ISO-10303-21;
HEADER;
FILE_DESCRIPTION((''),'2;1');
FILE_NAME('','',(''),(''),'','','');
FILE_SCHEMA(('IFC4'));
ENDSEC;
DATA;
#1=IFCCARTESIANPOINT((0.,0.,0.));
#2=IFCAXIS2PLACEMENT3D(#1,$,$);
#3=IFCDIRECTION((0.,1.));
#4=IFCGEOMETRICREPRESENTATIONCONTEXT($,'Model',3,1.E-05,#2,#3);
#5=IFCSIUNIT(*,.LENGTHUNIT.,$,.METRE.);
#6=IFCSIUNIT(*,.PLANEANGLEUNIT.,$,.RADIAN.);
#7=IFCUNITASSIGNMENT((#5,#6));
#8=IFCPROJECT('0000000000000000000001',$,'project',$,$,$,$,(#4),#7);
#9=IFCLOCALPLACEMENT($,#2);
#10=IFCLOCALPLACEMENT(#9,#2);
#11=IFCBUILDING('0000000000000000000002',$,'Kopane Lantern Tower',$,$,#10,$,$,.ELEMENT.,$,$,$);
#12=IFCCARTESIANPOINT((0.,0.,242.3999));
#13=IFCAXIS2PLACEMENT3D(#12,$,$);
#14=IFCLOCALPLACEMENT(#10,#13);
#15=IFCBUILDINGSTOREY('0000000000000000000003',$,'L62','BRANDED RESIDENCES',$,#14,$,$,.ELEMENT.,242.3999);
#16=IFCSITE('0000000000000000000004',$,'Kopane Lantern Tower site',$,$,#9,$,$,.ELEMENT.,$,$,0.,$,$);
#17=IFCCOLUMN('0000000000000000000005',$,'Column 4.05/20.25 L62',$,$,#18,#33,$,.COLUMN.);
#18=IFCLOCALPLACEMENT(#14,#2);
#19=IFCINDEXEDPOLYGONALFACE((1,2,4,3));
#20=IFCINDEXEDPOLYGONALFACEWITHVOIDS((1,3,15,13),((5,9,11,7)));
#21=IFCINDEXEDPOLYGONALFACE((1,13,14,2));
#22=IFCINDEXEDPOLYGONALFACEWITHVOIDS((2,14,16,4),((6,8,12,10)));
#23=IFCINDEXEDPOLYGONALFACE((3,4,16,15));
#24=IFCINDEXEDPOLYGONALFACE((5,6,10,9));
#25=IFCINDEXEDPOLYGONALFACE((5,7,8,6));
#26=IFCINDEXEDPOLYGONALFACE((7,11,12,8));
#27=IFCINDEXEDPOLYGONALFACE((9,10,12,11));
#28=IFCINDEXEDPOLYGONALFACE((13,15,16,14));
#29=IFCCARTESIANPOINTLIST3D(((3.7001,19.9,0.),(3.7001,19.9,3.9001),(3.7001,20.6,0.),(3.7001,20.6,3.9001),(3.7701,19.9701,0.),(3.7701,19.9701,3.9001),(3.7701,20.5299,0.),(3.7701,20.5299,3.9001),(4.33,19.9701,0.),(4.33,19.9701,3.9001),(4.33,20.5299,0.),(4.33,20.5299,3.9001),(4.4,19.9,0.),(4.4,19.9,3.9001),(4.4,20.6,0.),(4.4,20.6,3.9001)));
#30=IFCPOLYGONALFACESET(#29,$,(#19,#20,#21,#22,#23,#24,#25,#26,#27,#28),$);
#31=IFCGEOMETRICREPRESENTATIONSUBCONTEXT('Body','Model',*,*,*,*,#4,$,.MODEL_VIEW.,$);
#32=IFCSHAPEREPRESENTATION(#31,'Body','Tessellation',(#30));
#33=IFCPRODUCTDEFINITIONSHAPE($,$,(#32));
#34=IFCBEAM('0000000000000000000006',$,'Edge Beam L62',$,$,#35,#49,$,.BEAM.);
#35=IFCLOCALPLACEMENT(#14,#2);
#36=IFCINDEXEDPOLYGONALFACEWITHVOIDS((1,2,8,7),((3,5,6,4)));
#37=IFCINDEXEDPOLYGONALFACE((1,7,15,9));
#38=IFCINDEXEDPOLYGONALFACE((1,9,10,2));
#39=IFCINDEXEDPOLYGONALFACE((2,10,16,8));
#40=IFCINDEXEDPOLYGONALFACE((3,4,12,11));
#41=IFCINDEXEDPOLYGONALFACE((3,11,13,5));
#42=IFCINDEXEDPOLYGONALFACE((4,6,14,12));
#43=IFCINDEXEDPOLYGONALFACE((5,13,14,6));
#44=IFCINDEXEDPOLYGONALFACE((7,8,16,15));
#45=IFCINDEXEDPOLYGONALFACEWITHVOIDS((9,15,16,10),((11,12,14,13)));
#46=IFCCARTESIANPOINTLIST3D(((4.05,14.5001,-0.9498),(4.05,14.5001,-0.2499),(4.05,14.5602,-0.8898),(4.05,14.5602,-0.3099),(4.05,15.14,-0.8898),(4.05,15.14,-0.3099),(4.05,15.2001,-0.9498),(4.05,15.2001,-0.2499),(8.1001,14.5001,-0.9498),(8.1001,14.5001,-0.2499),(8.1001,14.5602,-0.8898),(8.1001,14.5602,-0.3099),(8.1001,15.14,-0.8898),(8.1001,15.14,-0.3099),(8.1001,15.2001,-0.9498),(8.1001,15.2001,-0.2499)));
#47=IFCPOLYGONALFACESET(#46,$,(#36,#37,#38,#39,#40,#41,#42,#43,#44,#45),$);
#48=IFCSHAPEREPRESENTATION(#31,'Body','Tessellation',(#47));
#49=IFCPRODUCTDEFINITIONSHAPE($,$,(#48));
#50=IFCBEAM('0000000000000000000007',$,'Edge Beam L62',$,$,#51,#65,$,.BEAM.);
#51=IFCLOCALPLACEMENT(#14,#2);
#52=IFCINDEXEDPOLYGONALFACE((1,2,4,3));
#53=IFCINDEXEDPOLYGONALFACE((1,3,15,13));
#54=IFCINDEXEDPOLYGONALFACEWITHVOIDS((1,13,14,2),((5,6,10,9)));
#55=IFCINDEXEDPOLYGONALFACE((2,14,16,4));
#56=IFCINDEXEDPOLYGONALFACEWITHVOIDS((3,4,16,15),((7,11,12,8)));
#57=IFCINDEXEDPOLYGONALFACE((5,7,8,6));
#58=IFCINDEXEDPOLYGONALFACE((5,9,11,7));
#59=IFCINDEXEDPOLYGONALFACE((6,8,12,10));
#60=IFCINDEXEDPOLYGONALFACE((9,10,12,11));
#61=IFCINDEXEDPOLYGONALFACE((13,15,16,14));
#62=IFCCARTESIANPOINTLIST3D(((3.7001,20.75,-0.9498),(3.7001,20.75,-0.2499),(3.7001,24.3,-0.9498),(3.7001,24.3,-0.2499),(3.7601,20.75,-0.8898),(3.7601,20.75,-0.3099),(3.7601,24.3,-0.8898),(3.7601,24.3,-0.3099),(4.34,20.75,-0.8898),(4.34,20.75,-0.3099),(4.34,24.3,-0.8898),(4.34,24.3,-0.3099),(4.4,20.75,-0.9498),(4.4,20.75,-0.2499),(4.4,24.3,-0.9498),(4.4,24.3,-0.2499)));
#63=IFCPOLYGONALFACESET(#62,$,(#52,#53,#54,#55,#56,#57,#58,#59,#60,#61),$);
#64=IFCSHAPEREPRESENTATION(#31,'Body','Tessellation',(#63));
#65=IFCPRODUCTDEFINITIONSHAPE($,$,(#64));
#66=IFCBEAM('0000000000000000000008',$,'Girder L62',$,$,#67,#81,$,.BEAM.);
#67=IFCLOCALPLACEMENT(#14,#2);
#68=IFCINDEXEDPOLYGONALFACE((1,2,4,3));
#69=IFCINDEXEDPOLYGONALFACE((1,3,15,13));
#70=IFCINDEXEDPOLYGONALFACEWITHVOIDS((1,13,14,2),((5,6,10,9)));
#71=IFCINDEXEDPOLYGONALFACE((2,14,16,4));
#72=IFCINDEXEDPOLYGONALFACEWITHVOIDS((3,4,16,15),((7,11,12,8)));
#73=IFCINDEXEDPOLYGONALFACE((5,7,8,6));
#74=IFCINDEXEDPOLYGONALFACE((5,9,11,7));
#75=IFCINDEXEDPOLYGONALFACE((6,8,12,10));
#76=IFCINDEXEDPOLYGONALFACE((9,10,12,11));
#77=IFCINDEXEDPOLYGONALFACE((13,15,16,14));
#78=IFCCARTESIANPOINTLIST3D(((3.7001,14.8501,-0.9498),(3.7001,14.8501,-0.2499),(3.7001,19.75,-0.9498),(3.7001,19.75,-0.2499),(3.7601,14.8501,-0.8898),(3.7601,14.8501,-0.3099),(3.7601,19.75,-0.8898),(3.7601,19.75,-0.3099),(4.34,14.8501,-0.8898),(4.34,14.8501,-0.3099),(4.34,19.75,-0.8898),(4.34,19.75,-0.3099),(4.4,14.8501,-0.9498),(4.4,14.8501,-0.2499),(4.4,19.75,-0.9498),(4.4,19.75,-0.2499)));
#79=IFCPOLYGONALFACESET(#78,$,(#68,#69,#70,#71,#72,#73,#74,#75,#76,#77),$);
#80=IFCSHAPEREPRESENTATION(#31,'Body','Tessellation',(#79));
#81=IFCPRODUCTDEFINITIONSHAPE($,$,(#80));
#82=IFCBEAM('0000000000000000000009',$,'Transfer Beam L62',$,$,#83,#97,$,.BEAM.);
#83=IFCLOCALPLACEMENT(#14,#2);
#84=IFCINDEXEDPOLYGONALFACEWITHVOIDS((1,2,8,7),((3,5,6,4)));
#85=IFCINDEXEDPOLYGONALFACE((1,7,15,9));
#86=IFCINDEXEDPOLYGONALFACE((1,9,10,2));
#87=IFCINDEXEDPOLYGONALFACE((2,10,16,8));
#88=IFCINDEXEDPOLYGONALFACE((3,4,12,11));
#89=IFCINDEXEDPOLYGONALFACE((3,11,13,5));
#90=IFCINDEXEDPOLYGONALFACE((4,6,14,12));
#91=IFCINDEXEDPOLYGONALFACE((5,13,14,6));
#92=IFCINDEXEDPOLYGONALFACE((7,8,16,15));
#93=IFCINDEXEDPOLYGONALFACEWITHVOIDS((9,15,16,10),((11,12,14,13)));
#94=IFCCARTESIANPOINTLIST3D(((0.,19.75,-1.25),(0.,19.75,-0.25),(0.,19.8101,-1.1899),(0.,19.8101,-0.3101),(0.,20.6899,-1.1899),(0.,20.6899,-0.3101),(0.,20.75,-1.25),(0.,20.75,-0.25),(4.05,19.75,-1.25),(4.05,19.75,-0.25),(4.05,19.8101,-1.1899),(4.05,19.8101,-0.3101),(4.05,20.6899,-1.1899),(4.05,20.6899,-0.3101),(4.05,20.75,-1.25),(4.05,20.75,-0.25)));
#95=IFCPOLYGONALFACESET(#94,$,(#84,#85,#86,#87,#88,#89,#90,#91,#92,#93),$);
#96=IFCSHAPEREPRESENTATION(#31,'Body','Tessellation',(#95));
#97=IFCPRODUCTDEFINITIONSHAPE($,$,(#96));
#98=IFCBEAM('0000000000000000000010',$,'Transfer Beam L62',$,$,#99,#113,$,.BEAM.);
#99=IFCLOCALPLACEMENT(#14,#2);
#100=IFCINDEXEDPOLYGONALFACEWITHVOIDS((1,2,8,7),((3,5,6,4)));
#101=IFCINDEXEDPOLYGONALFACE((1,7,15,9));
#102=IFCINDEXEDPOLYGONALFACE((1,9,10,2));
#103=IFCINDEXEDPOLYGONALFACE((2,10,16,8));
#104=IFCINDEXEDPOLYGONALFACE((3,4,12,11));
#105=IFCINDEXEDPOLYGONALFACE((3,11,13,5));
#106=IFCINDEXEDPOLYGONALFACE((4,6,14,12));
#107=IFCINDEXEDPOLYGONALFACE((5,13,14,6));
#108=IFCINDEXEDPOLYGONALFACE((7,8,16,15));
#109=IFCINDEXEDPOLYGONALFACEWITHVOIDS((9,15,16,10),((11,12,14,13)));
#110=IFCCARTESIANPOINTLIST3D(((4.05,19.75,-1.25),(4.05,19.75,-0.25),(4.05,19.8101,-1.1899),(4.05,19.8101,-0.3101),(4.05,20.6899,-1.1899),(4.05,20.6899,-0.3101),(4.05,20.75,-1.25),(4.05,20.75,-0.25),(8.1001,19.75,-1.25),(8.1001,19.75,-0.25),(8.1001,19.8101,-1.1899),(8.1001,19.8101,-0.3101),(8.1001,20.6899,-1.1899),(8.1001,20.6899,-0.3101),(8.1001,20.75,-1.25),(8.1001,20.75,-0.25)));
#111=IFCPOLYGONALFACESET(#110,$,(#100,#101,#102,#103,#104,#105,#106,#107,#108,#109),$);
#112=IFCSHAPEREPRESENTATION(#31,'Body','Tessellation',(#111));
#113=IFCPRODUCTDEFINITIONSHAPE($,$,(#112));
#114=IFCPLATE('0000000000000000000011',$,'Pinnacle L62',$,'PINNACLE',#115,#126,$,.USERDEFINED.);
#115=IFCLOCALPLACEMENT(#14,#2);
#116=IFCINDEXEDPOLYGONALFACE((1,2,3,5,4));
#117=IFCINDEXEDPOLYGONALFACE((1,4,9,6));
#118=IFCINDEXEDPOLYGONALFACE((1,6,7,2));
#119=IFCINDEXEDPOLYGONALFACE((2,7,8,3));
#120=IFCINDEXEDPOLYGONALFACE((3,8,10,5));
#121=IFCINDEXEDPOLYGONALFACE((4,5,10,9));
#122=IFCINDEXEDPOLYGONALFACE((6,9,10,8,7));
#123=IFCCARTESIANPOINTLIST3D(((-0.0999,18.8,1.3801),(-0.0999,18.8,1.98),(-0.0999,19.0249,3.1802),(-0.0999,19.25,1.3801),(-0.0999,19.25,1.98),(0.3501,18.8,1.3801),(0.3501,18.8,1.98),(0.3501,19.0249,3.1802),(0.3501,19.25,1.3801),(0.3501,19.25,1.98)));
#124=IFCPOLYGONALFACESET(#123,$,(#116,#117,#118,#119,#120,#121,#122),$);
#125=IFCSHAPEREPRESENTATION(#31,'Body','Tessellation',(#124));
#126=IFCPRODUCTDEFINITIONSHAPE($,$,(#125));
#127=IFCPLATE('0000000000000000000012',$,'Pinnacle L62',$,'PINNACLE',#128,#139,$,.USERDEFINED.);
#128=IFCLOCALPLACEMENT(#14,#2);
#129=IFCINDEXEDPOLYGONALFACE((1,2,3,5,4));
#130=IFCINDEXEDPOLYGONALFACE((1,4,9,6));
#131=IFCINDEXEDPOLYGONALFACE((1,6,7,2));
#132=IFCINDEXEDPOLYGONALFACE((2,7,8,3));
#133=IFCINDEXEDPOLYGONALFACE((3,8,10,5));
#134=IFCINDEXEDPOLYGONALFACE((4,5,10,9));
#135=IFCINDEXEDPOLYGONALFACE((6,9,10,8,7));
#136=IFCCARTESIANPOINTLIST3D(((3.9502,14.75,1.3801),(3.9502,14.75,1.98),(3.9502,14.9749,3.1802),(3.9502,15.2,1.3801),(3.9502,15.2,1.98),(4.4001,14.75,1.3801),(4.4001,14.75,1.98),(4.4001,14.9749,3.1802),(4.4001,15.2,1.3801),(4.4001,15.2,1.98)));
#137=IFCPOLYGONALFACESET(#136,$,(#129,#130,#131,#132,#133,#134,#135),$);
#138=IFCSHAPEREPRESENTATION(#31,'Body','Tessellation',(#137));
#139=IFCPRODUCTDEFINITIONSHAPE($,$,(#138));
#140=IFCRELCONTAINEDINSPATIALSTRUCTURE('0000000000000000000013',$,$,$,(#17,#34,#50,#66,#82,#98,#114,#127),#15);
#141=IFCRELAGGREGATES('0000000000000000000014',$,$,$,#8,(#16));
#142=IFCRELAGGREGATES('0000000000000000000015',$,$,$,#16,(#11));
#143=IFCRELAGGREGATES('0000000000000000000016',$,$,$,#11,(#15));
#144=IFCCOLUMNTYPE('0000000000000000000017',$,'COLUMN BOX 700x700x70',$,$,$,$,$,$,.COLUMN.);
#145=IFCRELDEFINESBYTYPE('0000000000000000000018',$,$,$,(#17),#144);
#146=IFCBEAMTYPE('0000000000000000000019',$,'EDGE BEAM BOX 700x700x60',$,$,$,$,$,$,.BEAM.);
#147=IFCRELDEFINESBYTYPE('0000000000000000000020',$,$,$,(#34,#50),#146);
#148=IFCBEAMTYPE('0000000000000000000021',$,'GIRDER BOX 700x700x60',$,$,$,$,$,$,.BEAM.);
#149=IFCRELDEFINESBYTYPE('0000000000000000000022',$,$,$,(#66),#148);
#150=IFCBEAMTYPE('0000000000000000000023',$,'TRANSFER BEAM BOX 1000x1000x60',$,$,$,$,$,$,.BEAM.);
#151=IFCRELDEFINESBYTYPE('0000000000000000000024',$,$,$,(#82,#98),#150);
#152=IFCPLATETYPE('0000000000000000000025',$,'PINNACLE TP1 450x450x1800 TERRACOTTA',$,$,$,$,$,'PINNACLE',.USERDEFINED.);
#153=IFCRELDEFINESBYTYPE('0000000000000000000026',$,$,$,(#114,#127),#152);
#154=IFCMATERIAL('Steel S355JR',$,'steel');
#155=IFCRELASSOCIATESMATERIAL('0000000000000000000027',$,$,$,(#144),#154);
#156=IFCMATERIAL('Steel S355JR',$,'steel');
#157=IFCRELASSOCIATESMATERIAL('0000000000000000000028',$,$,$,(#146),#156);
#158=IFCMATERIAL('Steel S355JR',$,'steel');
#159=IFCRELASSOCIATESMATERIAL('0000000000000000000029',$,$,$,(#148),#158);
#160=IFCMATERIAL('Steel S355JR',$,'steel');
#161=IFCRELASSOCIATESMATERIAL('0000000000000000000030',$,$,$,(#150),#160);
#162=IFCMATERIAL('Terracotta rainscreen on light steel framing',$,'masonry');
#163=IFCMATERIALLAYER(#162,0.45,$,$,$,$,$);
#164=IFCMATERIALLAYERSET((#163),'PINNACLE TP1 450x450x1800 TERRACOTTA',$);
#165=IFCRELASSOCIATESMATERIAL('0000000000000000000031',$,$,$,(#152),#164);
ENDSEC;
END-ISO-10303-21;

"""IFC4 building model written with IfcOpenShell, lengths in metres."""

from ifc_helpers import new_model, si_unit, direction, frame, origin, origin_2d, place, context, subcontext, project, spatial, polyline, hollow_rectangle, outline, extrude, material, layer, layer_set, material_profile, profile_set, type_object, element, save


model = new_model("IFC4")

# Units and contexts
model_context = context("Model", 3, precision=1e-05, world=origin(), true_north=direction((0.0, 1.0)))
body_context = subcontext(model_context, "Body", "Model", "MODEL_VIEW")
ifc_project = project(units=[si_unit("LENGTHUNIT", "METRE"), si_unit("PLANEANGLEUNIT", "RADIAN")], contexts=[model_context])

# Site, building, storey
site_placement = place(None, origin())
site = spatial("IfcSite", under=ifc_project, at=site_placement, Name="Kopane Lantern Tower site", CompositionType="ELEMENT", RefElevation=0.0)
building_placement = place(site_placement, origin())
building = spatial("IfcBuilding", under=site, at=building_placement, Name="Kopane Lantern Tower", CompositionType="ELEMENT")
storey_placement = place(building_placement, frame((0.0, 0.0, 242.3999)))
storey = spatial("IfcBuildingStorey", under=building, at=storey_placement, Name="L62", Description="BRANDED RESIDENCES", CompositionType="ELEMENT", Elevation=242.3999)

# Column
ifc_material_1 = material(Name="Steel S355JR", Category="steel")
ifc_material_profile_1 = material_profile(ifc_material_1, hollow_rectangle(XDim=0.7, YDim=0.7, WallThickness=0.0701, at=origin_2d()), Name="BOX 700x700x70")
ifc_profile_set_1 = profile_set([ifc_material_profile_1], Name="Steel S355JR")
column_type = type_object("IfcColumnType", Name="COLUMN BOX 700x700x70", PredefinedType="COLUMN", material=ifc_profile_set_1)
column_placement = place(storey_placement, frame((4.05, 20.25, 0.0), z_axis=(0.0, 0.0, 1.0), x_axis=(1.0, 0.0, 0.0)))
element("IfcColumn", 1, at=column_placement, inside=storey, type_object=column_type, Name="Column 4.05/20.25 L62", PredefinedType="COLUMN", context=body_context, shape_type="SweptSolid", body=[
    extrude(hollow_rectangle(XDim=0.7, YDim=0.7, WallThickness=0.0701, at=origin_2d()), origin(), (0.0, 0.0, 1.0), 3.9001),
])

# Beams
ifc_material_2 = material(Name="Steel S355JR", Category="steel")
ifc_material_profile_2 = material_profile(ifc_material_2, hollow_rectangle(XDim=0.7, YDim=0.7, WallThickness=0.0601, at=origin_2d()), Name="BOX 700x700x60")
ifc_profile_set_2 = profile_set([ifc_material_profile_2], Name="Steel S355JR")
beam_type_1 = type_object("IfcBeamType", Name="EDGE BEAM BOX 700x700x60", PredefinedType="BEAM", material=ifc_profile_set_2)
beam_1_placement = place(storey_placement, frame((4.05, 14.8501, -0.5999), z_axis=(1.0, 0.0, 0.0), x_axis=(0.0, 1.0, 0.0)))
element("IfcBeam", 2, at=beam_1_placement, inside=storey, type_object=beam_type_1, Name="Edge Beam L62", PredefinedType="BEAM", context=body_context, shape_type="SweptSolid", body=[
    extrude(hollow_rectangle(XDim=0.7, YDim=0.7, WallThickness=0.0601, at=origin_2d()), origin(), (0.0, 0.0, 1.0), 4.05),
])
beam_2_placement = place(storey_placement, frame((4.05, 20.75, -0.5999), z_axis=(0.0, 1.0, 0.0), x_axis=(-1.0, 0.0, 0.0)))
element("IfcBeam", 3, at=beam_2_placement, inside=storey, type_object=beam_type_1, Name="Edge Beam L62", PredefinedType="BEAM", context=body_context, shape_type="SweptSolid", body=[
    extrude(hollow_rectangle(XDim=0.7, YDim=0.7, WallThickness=0.0601, at=origin_2d()), origin(), (0.0, 0.0, 1.0), 3.55),
])
ifc_material_3 = material(Name="Steel S355JR", Category="steel")
ifc_material_profile_3 = material_profile(ifc_material_3, hollow_rectangle(XDim=0.7, YDim=0.7, WallThickness=0.0601, at=origin_2d()), Name="BOX 700x700x60")
ifc_profile_set_3 = profile_set([ifc_material_profile_3], Name="Steel S355JR")
beam_type_2 = type_object("IfcBeamType", Name="GIRDER BOX 700x700x60", PredefinedType="BEAM", material=ifc_profile_set_3)
beam_3_placement = place(storey_placement, frame((4.05, 14.8501, -0.5999), z_axis=(0.0, 1.0, 0.0), x_axis=(-1.0, 0.0, 0.0)))
element("IfcBeam", 4, at=beam_3_placement, inside=storey, type_object=beam_type_2, Name="Girder L62", PredefinedType="BEAM", context=body_context, shape_type="SweptSolid", body=[
    extrude(hollow_rectangle(XDim=0.7, YDim=0.7, WallThickness=0.0601, at=origin_2d()), origin(), (0.0, 0.0, 1.0), 4.8999),
])
ifc_material_4 = material(Name="Steel S355JR", Category="steel")
ifc_material_profile_4 = material_profile(ifc_material_4, hollow_rectangle(XDim=1.0, YDim=1.0, WallThickness=0.0601, at=origin_2d()), Name="BOX 1000x1000x60")
ifc_profile_set_4 = profile_set([ifc_material_profile_4], Name="Steel S355JR")
beam_type_3 = type_object("IfcBeamType", Name="TRANSFER BEAM BOX 1000x1000x60", PredefinedType="BEAM", material=ifc_profile_set_4)
for number, where, z_axis, x_axis, name in (
    (5, (0.0, 20.25, -0.75), (1.0, 0.0, 0.0), (0.0, 1.0, 0.0), "Transfer Beam L62"),
    (6, (4.05, 20.25, -0.75), (1.0, 0.0, 0.0), (0.0, 1.0, 0.0), "Transfer Beam L62"),
):
    element("IfcBeam", number, at=place(storey_placement, frame(where, z_axis=z_axis, x_axis=x_axis)), inside=storey, type_object=beam_type_3, Name=name, PredefinedType="BEAM", context=body_context, shape_type="SweptSolid", body=[
        extrude(hollow_rectangle(XDim=1.0, YDim=1.0, WallThickness=0.0601, at=origin_2d()), origin(), (0.0, 0.0, 1.0), 4.05),
    ])

# Plates
ifc_material_5 = material(Name="Terracotta rainscreen on light steel framing", Category="masonry")
ifc_layer_1 = layer(ifc_material_5, 0.45)
ifc_layer_set_1 = layer_set([ifc_layer_1], Name="PINNACLE TP1 450x450x1800 TERRACOTTA")
plate_type = type_object("IfcPlateType", Name="PINNACLE TP1 450x450x1800 TERRACOTTA", ElementType="PINNACLE", PredefinedType="USERDEFINED", material=ifc_layer_set_1)
for number, where, z_axis, x_axis, name in (
    (7, (0.125, 19.25, 1.3801), (0.0, 0.0, 1.0), (0.0, -1.0, 0.0), "Pinnacle L62"),
    (8, (4.175, 15.2, 1.3801), (0.0, 0.0, 1.0), (0.0, -1.0, 0.0), "Pinnacle L62"),
):
    element("IfcPlate", number, at=place(storey_placement, frame(where, z_axis=z_axis, x_axis=x_axis)), inside=storey, type_object=plate_type, Name=name, ObjectType="PINNACLE", PredefinedType="USERDEFINED", context=body_context, shape_type="SweptSolid", body=[
        extrude(outline(polyline([(0.0, 0.0), (0.45, 0.0), (0.45, 0.5999), (0.2251, 1.8), (0.0, 0.5999), (0.0, 0.0)])), frame((0.0, 0.2251, 0.0), z_axis=(0.0, -1.0, 0.0), x_axis=(1.0, 0.0, 0.0)), (0.0, 0.0, 1.0), 0.45),
    ])

save(model, "model.ifc")
